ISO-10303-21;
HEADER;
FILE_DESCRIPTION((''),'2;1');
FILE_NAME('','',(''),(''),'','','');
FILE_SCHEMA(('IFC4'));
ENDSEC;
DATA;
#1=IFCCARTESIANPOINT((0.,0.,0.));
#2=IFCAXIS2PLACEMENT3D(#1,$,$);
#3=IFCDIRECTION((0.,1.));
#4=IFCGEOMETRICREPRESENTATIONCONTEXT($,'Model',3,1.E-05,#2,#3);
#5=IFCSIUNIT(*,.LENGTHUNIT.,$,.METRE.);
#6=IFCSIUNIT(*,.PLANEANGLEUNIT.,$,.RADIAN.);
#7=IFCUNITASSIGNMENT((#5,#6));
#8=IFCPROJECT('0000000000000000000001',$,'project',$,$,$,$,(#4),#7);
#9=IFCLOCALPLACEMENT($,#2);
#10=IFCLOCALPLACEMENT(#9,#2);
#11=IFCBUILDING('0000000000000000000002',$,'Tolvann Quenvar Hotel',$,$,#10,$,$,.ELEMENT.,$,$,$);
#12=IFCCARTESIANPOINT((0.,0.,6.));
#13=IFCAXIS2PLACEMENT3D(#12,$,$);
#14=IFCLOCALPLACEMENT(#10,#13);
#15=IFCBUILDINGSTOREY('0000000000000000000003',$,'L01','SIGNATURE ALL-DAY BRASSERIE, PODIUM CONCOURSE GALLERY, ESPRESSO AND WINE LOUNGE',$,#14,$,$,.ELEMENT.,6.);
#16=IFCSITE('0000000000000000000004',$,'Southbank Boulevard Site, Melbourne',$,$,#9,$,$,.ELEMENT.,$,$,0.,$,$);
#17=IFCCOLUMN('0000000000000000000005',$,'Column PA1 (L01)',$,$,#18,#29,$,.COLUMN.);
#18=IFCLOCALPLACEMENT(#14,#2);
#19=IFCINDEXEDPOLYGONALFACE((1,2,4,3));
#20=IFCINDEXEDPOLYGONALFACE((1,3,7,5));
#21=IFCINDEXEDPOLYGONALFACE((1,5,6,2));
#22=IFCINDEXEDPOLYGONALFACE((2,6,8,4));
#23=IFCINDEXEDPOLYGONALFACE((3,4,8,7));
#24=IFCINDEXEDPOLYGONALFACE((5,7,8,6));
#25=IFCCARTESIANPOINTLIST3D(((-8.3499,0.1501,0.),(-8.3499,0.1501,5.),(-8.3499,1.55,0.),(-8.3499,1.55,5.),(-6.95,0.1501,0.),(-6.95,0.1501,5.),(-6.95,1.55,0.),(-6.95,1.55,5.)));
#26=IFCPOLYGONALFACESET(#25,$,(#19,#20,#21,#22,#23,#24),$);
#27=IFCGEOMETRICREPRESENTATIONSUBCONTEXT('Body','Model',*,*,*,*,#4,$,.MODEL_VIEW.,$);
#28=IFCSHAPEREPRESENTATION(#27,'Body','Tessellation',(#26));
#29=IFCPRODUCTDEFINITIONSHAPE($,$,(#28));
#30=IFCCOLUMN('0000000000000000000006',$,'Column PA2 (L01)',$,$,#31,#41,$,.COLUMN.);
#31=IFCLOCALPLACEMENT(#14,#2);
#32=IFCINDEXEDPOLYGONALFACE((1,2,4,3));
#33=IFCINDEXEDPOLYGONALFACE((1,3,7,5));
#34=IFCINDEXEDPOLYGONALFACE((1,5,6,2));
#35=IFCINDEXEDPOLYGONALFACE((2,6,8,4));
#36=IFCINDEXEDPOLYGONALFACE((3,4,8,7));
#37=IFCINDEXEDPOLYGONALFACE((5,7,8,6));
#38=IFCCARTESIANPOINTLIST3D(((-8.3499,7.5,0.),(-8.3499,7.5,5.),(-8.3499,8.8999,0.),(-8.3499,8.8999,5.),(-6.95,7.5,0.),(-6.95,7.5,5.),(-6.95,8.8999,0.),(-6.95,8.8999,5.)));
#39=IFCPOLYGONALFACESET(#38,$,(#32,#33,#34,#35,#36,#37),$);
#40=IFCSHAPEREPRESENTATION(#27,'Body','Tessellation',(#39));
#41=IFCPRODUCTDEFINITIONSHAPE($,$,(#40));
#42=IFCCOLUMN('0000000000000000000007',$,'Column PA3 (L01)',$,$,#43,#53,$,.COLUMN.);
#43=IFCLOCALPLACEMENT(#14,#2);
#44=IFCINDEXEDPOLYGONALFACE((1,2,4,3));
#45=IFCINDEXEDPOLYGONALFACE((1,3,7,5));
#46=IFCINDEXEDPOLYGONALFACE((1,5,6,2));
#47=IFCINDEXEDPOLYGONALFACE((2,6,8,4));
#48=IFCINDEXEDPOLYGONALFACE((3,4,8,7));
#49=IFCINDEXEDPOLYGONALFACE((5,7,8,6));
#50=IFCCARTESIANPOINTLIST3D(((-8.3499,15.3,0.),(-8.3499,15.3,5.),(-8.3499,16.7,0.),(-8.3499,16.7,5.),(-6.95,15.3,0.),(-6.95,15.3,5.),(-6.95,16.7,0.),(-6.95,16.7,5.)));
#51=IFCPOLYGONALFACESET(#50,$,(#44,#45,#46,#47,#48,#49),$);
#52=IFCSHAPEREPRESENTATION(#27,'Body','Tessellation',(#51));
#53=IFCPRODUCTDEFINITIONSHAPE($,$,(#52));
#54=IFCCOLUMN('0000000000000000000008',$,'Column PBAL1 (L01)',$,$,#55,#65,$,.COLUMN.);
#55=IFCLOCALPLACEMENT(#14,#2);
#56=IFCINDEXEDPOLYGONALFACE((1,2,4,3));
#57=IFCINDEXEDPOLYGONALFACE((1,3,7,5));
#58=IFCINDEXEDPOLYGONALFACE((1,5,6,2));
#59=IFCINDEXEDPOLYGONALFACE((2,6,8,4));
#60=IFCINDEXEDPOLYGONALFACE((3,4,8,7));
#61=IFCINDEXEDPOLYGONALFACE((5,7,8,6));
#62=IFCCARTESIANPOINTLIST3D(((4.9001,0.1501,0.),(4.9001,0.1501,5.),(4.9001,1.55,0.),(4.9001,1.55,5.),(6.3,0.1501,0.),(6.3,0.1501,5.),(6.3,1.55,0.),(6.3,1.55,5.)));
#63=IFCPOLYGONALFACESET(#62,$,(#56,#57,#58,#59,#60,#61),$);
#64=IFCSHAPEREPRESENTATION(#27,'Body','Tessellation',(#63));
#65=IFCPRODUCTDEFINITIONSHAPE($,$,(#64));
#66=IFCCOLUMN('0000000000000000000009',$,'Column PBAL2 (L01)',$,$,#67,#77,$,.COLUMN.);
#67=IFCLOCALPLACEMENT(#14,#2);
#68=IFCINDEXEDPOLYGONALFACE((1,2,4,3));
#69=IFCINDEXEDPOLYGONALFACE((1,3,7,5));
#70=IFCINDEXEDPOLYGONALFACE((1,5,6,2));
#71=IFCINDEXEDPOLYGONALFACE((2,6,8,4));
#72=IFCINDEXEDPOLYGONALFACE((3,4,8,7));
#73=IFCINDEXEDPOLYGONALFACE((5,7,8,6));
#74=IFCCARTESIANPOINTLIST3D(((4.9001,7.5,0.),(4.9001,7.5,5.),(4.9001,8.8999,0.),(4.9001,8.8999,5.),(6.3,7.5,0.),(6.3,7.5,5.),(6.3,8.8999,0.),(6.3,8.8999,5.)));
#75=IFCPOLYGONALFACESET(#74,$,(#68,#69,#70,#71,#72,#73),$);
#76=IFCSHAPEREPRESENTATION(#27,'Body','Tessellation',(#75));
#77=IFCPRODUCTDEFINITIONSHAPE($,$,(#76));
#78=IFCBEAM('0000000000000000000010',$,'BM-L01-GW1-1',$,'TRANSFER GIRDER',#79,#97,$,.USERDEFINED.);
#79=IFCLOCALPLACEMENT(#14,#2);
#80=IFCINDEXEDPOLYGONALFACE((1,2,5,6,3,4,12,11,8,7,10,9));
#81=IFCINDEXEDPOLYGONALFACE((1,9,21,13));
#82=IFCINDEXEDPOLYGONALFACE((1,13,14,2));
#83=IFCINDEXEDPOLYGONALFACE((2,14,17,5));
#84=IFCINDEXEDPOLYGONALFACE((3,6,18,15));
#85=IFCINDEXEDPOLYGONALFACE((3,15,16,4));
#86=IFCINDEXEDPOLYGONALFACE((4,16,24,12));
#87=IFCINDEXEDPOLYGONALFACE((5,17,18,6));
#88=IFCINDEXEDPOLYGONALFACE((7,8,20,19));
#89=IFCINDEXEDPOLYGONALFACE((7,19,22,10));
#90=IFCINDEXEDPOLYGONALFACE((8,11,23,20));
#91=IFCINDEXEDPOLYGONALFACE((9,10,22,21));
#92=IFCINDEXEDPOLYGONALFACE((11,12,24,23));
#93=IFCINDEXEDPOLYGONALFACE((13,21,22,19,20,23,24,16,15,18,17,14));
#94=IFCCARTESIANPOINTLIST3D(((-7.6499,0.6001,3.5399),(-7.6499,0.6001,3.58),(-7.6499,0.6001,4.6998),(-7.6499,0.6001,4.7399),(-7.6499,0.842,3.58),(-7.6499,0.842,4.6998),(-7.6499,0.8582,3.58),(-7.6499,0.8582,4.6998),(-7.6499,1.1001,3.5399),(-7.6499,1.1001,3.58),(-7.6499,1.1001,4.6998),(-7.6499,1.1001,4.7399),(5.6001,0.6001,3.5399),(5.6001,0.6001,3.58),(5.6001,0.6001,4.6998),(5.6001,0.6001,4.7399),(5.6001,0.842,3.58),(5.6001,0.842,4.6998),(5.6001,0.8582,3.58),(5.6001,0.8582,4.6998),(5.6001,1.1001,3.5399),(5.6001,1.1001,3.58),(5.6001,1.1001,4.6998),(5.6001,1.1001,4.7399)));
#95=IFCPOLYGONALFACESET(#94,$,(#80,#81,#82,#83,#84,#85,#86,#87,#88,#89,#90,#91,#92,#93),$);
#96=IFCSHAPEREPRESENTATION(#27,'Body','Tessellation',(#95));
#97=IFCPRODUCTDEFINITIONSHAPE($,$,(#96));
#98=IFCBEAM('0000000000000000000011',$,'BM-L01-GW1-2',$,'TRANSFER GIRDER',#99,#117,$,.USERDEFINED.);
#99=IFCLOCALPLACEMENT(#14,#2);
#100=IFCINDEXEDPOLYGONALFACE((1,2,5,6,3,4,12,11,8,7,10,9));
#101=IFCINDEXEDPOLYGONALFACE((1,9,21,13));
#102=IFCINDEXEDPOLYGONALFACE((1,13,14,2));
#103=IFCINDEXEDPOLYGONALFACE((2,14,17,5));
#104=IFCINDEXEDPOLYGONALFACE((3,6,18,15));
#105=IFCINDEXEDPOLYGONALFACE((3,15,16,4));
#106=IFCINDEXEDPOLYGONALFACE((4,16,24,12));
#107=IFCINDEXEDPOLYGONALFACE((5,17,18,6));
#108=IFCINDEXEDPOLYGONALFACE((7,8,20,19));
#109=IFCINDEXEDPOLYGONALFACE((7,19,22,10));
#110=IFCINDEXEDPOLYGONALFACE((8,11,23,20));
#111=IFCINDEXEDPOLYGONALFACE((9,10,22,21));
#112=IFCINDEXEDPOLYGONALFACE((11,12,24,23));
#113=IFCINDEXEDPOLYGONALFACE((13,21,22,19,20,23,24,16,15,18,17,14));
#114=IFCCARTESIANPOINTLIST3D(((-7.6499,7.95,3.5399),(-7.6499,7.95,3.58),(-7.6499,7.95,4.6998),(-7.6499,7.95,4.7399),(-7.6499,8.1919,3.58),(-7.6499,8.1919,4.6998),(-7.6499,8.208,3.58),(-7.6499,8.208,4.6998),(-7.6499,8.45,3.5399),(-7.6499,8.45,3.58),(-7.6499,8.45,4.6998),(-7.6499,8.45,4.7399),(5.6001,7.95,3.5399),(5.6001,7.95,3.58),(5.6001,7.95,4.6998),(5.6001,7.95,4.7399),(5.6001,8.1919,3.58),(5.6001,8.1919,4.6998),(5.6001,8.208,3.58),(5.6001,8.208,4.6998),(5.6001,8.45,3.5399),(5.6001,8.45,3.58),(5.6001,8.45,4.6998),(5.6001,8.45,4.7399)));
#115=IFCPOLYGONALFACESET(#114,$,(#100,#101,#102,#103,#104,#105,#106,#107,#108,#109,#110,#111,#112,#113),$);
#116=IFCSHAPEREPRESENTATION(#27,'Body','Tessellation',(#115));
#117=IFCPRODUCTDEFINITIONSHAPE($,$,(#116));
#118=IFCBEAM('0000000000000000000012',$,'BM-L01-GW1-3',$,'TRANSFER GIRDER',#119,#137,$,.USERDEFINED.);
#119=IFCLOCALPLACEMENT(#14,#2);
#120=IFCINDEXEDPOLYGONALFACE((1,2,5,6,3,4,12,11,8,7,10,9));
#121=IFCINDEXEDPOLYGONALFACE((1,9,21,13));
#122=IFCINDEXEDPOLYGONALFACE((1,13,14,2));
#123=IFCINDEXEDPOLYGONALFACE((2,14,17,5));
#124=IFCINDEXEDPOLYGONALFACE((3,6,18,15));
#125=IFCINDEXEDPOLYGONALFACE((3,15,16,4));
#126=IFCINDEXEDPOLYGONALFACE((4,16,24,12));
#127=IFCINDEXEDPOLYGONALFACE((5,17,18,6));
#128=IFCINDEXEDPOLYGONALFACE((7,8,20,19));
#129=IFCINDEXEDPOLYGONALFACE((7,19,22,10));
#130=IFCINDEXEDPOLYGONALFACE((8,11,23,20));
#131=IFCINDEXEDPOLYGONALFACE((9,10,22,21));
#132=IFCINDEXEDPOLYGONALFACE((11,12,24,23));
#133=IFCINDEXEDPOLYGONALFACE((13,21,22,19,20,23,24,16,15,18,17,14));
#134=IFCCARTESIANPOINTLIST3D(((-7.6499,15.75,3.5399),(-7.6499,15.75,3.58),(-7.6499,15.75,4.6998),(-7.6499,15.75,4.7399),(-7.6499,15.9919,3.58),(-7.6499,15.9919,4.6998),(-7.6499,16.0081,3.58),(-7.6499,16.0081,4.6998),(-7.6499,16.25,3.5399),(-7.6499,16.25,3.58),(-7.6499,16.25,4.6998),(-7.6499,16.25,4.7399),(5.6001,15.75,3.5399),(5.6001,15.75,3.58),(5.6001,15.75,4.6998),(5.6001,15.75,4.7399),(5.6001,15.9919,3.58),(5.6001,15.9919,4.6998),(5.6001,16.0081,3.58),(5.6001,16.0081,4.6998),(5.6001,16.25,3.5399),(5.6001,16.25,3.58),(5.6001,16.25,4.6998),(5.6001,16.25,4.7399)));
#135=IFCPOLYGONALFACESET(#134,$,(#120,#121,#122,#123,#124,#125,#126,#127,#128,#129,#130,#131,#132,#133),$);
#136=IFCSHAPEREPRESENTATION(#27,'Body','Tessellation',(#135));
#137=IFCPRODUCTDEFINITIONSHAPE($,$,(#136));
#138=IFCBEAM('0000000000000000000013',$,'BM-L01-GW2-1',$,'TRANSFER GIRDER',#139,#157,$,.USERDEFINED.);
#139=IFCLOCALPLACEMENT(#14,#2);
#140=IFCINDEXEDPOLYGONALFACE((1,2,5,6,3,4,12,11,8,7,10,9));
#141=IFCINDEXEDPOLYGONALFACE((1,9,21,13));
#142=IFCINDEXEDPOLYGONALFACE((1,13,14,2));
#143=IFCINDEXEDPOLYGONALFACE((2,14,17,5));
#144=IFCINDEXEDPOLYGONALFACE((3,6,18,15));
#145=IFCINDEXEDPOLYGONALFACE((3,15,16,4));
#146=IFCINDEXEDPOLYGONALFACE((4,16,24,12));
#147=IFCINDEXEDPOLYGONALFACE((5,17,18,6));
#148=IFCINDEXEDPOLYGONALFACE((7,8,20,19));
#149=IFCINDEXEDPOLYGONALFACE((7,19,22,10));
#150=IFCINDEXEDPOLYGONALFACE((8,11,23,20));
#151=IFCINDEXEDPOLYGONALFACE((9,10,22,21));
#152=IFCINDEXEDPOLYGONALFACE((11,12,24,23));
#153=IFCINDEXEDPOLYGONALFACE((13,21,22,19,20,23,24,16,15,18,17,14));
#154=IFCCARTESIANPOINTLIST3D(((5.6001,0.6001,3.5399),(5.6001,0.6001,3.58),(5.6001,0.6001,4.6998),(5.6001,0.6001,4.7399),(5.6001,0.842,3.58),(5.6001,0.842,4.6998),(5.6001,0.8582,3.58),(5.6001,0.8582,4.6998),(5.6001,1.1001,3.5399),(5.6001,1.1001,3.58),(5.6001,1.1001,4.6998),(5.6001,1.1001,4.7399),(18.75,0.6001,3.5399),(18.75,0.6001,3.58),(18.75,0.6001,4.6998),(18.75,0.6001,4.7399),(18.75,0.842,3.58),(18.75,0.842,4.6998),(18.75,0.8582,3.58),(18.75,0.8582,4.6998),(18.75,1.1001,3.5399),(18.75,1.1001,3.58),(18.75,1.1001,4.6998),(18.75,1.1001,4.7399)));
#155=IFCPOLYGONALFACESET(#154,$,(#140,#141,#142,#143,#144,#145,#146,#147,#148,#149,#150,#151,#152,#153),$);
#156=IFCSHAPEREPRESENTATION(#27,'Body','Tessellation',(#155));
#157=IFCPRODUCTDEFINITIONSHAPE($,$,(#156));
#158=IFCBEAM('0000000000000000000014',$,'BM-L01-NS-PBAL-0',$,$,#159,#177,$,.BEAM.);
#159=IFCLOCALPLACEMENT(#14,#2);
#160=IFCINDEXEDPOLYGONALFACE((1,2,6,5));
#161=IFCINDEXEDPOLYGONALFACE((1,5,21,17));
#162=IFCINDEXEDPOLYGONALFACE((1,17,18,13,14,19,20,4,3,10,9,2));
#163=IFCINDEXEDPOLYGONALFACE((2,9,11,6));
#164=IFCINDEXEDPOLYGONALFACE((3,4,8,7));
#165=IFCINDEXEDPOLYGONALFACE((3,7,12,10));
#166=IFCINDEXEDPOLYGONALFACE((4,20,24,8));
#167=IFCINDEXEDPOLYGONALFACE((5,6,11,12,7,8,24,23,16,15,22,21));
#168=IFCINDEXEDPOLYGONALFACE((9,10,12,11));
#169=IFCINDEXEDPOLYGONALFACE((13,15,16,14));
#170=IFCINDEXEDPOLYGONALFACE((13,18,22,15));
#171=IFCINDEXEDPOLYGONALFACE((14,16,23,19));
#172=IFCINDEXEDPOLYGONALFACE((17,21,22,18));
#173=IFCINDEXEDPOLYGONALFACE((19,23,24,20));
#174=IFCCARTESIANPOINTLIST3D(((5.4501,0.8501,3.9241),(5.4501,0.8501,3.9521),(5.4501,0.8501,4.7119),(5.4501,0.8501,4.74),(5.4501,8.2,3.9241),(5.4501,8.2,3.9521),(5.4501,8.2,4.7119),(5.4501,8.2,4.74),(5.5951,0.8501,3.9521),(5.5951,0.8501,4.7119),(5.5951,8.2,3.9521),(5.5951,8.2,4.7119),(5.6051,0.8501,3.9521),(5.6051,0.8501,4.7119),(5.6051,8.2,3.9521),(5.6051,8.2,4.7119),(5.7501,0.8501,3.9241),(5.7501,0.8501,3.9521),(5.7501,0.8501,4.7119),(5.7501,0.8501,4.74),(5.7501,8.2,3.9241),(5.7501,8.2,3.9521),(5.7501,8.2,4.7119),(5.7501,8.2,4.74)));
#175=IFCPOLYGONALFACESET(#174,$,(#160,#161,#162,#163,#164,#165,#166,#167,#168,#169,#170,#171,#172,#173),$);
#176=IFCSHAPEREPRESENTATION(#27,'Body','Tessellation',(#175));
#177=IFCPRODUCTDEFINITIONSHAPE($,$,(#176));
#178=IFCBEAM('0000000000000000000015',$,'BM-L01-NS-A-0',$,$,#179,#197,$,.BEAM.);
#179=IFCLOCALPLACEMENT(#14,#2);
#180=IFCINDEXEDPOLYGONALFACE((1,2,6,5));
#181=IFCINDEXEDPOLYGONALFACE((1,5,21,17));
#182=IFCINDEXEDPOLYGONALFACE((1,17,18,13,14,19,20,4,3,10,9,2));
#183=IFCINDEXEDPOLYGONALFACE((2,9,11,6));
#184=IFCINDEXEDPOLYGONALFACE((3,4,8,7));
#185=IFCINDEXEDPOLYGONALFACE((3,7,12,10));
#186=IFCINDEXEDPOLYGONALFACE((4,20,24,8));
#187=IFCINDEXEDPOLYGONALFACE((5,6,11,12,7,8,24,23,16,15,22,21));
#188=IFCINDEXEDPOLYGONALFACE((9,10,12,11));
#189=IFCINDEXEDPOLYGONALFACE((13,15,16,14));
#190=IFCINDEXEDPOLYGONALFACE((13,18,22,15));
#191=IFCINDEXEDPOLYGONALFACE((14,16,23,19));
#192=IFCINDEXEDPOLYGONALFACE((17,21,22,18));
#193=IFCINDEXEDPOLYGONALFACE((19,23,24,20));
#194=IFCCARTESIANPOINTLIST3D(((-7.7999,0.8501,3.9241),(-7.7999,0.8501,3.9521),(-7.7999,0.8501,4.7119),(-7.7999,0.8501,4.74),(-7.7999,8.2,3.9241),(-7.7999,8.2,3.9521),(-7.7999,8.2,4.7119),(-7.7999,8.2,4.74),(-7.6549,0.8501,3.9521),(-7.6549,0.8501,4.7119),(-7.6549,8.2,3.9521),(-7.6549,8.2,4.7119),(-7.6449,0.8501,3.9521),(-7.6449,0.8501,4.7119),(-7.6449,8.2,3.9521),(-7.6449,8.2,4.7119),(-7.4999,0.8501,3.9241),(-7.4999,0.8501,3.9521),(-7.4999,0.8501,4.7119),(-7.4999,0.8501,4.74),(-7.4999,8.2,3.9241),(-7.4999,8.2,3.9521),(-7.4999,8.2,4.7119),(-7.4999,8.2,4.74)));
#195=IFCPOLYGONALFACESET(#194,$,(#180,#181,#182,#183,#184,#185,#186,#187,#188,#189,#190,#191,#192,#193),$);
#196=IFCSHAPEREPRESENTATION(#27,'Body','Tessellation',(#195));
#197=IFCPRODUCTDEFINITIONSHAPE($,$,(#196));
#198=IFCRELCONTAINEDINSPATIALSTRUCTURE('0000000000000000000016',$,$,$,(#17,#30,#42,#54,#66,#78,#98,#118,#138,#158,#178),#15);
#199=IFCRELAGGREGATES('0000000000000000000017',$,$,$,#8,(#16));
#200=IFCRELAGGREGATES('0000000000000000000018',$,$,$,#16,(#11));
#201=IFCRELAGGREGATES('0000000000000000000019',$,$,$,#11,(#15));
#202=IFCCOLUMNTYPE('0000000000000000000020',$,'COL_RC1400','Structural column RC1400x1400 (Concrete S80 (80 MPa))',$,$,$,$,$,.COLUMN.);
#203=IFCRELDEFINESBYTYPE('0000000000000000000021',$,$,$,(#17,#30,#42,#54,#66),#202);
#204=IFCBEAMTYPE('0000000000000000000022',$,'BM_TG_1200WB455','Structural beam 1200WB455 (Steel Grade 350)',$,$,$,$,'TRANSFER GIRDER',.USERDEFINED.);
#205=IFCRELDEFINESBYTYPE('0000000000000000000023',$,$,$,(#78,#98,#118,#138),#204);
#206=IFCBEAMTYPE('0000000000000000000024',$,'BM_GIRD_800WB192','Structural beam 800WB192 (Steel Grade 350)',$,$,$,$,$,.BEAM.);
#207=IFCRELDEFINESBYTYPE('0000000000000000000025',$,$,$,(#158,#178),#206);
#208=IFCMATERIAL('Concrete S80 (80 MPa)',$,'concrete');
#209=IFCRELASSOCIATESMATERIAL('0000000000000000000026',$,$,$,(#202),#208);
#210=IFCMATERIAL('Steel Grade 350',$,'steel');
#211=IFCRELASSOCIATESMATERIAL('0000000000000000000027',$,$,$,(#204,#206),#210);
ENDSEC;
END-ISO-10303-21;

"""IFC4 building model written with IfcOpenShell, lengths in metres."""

from ifc_helpers import new_model, si_unit, direction, frame, origin, origin_2d, place, context, subcontext, project, spatial, rectangle, i_section, extrude, source, transform, mapped, material, material_profile, profile_set, type_object, type_shapes, element, save


model = new_model("IFC4")

# Units and contexts
model_context = context("Model", 3, precision=1e-05, world=origin(), true_north=direction((0.0, 1.0)))
body_context = subcontext(model_context, "Body", "Model", "MODEL_VIEW")
ifc_project = project(units=[si_unit("LENGTHUNIT", "METRE"), si_unit("PLANEANGLEUNIT", "RADIAN")], contexts=[model_context])

# Site, building, storey
site_placement = place(None, origin())
site = spatial("IfcSite", under=ifc_project, at=site_placement, Name="Southbank Boulevard Site, Melbourne", CompositionType="ELEMENT", RefElevation=0.0)
building_placement = place(site_placement, origin())
building = spatial("IfcBuilding", under=site, at=building_placement, Name="Tolvann Quenvar Hotel", CompositionType="ELEMENT")
storey_placement = place(building_placement, frame((0.0, 0.0, 6.0)))
storey = spatial("IfcBuildingStorey", under=building, at=storey_placement, Name="L01", Description="SIGNATURE ALL-DAY BRASSERIE, PODIUM CONCOURSE GALLERY, ESPRESSO AND WINE LOUNGE", CompositionType="ELEMENT", Elevation=6.0)

# Columns
ifc_material_1 = material(Name="Concrete S80 (80 MPa)", Category="concrete")
ifc_material_profile_1 = material_profile(ifc_material_1, rectangle(XDim=1.3999, YDim=1.3999, at=origin_2d()), Name="RC1400x1400")
ifc_profile_set_1 = profile_set([ifc_material_profile_1], Name="Concrete S80 (80 MPa)")
column_type = type_object("IfcColumnType", Name="COL_RC1400", Description="Structural column RC1400x1400 (Concrete S80 (80 MPa))", PredefinedType="COLUMN", material=ifc_profile_set_1)
shared_shape_1 = source(origin(), body_context, "Body", "SweptSolid", [
    extrude(rectangle(XDim=1.3999, YDim=1.3999, at=origin_2d()), origin(), (0.0, 0.0, 1.0), 5.0),
])
type_shapes(column_type, [shared_shape_1])
for number, where, z_axis, x_axis, name in (
    (1, (-7.6499, 0.8501, 0.0), (0.0, 0.0, 1.0), (1.0, 0.0, 0.0), "Column PA1 (L01)"),
    (2, (-7.6499, 8.2, 0.0), (0.0, 0.0, 1.0), (1.0, 0.0, 0.0), "Column PA2 (L01)"),
    (3, (-7.6499, 16.0, 0.0), (0.0, 0.0, 1.0), (1.0, 0.0, 0.0), "Column PA3 (L01)"),
    (4, (5.6001, 0.8501, 0.0), (0.0, 0.0, 1.0), (1.0, 0.0, 0.0), "Column PBAL1 (L01)"),
    (5, (5.6001, 8.2, 0.0), (0.0, 0.0, 1.0), (1.0, 0.0, 0.0), "Column PBAL2 (L01)"),
):
    element("IfcColumn", number, at=place(storey_placement, frame(where, z_axis=z_axis, x_axis=x_axis)), inside=storey, type_object=column_type, Name=name, PredefinedType="COLUMN", context=body_context, shape_type="MappedRepresentation", body=[
        mapped(shared_shape_1, transform((0.0, 0.0, 0.0), x_axis=(1.0, 0.0, 0.0), y_axis=(0.0, 1.0, 0.0), z_axis=(0.0, 0.0, 1.0), scale=1.0)),
    ])

# Beams
ifc_material_2 = material(Name="Steel Grade 350", Category="steel")
ifc_material_profile_2 = material_profile(ifc_material_2, i_section(OverallWidth=0.5, OverallDepth=1.2, WebThickness=0.0161, FlangeThickness=0.04, at=origin_2d()), Name="1200WB455")
ifc_profile_set_2 = profile_set([ifc_material_profile_2], Name="Steel Grade 350")
beam_type_1 = type_object("IfcBeamType", Name="BM_TG_1200WB455", Description="Structural beam 1200WB455 (Steel Grade 350)", ElementType="TRANSFER GIRDER", PredefinedType="USERDEFINED", material=ifc_profile_set_2)
shared_shape_2 = source(origin(), body_context, "Body", "SweptSolid", [
    extrude(i_section(OverallWidth=0.5, OverallDepth=1.2, WebThickness=0.0161, FlangeThickness=0.04, at=origin_2d()), origin(), (0.0, 0.0, 1.0), 13.25),
])
for number, where, z_axis, x_axis, name in (
    (6, (-7.6499, 0.8501, 4.1399), (1.0, 0.0, 0.0), (0.0, 1.0, 0.0), "BM-L01-GW1-1"),
    (7, (-7.6499, 8.2, 4.1399), (1.0, 0.0, 0.0), (0.0, 1.0, 0.0), "BM-L01-GW1-2"),
    (8, (-7.6499, 16.0, 4.1399), (1.0, 0.0, 0.0), (0.0, 1.0, 0.0), "BM-L01-GW1-3"),
):
    element("IfcBeam", number, at=place(storey_placement, frame(where, z_axis=z_axis, x_axis=x_axis)), inside=storey, type_object=beam_type_1, Name=name, ObjectType="TRANSFER GIRDER", PredefinedType="USERDEFINED", context=body_context, shape_type="MappedRepresentation", body=[
        mapped(shared_shape_2, transform((0.0, 0.0, 0.0), x_axis=(1.0, 0.0, 0.0), y_axis=(0.0, 1.0, 0.0), z_axis=(0.0, 0.0, 1.0), scale=1.0)),
    ])
shared_shape_3 = source(origin(), body_context, "Body", "SweptSolid", [
    extrude(i_section(OverallWidth=0.5, OverallDepth=1.2, WebThickness=0.0161, FlangeThickness=0.04, at=origin_2d()), origin(), (0.0, 0.0, 1.0), 13.1499),
])
type_shapes(beam_type_1, [shared_shape_2, shared_shape_3])
beam_1_placement = place(storey_placement, frame((5.6001, 0.8501, 4.1399), z_axis=(1.0, 0.0, 0.0), x_axis=(0.0, 1.0, 0.0)))
element("IfcBeam", 9, at=beam_1_placement, inside=storey, type_object=beam_type_1, Name="BM-L01-GW2-1", ObjectType="TRANSFER GIRDER", PredefinedType="USERDEFINED", context=body_context, shape_type="MappedRepresentation", body=[
    mapped(shared_shape_3, transform((0.0, 0.0, 0.0), x_axis=(1.0, 0.0, 0.0), y_axis=(0.0, 1.0, 0.0), z_axis=(0.0, 0.0, 1.0), scale=1.0)),
])
ifc_material_profile_3 = material_profile(ifc_material_2, i_section(OverallWidth=0.3, OverallDepth=0.8159, WebThickness=0.01, FlangeThickness=0.0281, at=origin_2d()), Name="800WB192")
ifc_profile_set_3 = profile_set([ifc_material_profile_3], Name="Steel Grade 350")
beam_type_2 = type_object("IfcBeamType", Name="BM_GIRD_800WB192", Description="Structural beam 800WB192 (Steel Grade 350)", PredefinedType="BEAM", material=ifc_profile_set_3)
shared_shape_4 = source(origin(), body_context, "Body", "SweptSolid", [
    extrude(i_section(OverallWidth=0.3, OverallDepth=0.8159, WebThickness=0.01, FlangeThickness=0.0281, at=origin_2d()), origin(), (0.0, 0.0, 1.0), 7.3499),
])
for number, where, z_axis, x_axis, name in (
    (10, (5.6001, 0.8501, 4.332), (0.0, 1.0, 0.0), (-1.0, 0.0, 0.0), "BM-L01-NS-PBAL-0"),
    (11, (-7.6499, 0.8501, 4.332), (0.0, 1.0, 0.0), (-1.0, 0.0, 0.0), "BM-L01-NS-A-0"),
):
    element("IfcBeam", number, at=place(storey_placement, frame(where, z_axis=z_axis, x_axis=x_axis)), inside=storey, type_object=beam_type_2, Name=name, PredefinedType="BEAM", context=body_context, shape_type="MappedRepresentation", body=[
        mapped(shared_shape_4, transform((0.0, 0.0, 0.0), x_axis=(1.0, 0.0, 0.0), y_axis=(0.0, 1.0, 0.0), z_axis=(0.0, 0.0, 1.0), scale=1.0)),
    ])

save(model, "model.ifc")
